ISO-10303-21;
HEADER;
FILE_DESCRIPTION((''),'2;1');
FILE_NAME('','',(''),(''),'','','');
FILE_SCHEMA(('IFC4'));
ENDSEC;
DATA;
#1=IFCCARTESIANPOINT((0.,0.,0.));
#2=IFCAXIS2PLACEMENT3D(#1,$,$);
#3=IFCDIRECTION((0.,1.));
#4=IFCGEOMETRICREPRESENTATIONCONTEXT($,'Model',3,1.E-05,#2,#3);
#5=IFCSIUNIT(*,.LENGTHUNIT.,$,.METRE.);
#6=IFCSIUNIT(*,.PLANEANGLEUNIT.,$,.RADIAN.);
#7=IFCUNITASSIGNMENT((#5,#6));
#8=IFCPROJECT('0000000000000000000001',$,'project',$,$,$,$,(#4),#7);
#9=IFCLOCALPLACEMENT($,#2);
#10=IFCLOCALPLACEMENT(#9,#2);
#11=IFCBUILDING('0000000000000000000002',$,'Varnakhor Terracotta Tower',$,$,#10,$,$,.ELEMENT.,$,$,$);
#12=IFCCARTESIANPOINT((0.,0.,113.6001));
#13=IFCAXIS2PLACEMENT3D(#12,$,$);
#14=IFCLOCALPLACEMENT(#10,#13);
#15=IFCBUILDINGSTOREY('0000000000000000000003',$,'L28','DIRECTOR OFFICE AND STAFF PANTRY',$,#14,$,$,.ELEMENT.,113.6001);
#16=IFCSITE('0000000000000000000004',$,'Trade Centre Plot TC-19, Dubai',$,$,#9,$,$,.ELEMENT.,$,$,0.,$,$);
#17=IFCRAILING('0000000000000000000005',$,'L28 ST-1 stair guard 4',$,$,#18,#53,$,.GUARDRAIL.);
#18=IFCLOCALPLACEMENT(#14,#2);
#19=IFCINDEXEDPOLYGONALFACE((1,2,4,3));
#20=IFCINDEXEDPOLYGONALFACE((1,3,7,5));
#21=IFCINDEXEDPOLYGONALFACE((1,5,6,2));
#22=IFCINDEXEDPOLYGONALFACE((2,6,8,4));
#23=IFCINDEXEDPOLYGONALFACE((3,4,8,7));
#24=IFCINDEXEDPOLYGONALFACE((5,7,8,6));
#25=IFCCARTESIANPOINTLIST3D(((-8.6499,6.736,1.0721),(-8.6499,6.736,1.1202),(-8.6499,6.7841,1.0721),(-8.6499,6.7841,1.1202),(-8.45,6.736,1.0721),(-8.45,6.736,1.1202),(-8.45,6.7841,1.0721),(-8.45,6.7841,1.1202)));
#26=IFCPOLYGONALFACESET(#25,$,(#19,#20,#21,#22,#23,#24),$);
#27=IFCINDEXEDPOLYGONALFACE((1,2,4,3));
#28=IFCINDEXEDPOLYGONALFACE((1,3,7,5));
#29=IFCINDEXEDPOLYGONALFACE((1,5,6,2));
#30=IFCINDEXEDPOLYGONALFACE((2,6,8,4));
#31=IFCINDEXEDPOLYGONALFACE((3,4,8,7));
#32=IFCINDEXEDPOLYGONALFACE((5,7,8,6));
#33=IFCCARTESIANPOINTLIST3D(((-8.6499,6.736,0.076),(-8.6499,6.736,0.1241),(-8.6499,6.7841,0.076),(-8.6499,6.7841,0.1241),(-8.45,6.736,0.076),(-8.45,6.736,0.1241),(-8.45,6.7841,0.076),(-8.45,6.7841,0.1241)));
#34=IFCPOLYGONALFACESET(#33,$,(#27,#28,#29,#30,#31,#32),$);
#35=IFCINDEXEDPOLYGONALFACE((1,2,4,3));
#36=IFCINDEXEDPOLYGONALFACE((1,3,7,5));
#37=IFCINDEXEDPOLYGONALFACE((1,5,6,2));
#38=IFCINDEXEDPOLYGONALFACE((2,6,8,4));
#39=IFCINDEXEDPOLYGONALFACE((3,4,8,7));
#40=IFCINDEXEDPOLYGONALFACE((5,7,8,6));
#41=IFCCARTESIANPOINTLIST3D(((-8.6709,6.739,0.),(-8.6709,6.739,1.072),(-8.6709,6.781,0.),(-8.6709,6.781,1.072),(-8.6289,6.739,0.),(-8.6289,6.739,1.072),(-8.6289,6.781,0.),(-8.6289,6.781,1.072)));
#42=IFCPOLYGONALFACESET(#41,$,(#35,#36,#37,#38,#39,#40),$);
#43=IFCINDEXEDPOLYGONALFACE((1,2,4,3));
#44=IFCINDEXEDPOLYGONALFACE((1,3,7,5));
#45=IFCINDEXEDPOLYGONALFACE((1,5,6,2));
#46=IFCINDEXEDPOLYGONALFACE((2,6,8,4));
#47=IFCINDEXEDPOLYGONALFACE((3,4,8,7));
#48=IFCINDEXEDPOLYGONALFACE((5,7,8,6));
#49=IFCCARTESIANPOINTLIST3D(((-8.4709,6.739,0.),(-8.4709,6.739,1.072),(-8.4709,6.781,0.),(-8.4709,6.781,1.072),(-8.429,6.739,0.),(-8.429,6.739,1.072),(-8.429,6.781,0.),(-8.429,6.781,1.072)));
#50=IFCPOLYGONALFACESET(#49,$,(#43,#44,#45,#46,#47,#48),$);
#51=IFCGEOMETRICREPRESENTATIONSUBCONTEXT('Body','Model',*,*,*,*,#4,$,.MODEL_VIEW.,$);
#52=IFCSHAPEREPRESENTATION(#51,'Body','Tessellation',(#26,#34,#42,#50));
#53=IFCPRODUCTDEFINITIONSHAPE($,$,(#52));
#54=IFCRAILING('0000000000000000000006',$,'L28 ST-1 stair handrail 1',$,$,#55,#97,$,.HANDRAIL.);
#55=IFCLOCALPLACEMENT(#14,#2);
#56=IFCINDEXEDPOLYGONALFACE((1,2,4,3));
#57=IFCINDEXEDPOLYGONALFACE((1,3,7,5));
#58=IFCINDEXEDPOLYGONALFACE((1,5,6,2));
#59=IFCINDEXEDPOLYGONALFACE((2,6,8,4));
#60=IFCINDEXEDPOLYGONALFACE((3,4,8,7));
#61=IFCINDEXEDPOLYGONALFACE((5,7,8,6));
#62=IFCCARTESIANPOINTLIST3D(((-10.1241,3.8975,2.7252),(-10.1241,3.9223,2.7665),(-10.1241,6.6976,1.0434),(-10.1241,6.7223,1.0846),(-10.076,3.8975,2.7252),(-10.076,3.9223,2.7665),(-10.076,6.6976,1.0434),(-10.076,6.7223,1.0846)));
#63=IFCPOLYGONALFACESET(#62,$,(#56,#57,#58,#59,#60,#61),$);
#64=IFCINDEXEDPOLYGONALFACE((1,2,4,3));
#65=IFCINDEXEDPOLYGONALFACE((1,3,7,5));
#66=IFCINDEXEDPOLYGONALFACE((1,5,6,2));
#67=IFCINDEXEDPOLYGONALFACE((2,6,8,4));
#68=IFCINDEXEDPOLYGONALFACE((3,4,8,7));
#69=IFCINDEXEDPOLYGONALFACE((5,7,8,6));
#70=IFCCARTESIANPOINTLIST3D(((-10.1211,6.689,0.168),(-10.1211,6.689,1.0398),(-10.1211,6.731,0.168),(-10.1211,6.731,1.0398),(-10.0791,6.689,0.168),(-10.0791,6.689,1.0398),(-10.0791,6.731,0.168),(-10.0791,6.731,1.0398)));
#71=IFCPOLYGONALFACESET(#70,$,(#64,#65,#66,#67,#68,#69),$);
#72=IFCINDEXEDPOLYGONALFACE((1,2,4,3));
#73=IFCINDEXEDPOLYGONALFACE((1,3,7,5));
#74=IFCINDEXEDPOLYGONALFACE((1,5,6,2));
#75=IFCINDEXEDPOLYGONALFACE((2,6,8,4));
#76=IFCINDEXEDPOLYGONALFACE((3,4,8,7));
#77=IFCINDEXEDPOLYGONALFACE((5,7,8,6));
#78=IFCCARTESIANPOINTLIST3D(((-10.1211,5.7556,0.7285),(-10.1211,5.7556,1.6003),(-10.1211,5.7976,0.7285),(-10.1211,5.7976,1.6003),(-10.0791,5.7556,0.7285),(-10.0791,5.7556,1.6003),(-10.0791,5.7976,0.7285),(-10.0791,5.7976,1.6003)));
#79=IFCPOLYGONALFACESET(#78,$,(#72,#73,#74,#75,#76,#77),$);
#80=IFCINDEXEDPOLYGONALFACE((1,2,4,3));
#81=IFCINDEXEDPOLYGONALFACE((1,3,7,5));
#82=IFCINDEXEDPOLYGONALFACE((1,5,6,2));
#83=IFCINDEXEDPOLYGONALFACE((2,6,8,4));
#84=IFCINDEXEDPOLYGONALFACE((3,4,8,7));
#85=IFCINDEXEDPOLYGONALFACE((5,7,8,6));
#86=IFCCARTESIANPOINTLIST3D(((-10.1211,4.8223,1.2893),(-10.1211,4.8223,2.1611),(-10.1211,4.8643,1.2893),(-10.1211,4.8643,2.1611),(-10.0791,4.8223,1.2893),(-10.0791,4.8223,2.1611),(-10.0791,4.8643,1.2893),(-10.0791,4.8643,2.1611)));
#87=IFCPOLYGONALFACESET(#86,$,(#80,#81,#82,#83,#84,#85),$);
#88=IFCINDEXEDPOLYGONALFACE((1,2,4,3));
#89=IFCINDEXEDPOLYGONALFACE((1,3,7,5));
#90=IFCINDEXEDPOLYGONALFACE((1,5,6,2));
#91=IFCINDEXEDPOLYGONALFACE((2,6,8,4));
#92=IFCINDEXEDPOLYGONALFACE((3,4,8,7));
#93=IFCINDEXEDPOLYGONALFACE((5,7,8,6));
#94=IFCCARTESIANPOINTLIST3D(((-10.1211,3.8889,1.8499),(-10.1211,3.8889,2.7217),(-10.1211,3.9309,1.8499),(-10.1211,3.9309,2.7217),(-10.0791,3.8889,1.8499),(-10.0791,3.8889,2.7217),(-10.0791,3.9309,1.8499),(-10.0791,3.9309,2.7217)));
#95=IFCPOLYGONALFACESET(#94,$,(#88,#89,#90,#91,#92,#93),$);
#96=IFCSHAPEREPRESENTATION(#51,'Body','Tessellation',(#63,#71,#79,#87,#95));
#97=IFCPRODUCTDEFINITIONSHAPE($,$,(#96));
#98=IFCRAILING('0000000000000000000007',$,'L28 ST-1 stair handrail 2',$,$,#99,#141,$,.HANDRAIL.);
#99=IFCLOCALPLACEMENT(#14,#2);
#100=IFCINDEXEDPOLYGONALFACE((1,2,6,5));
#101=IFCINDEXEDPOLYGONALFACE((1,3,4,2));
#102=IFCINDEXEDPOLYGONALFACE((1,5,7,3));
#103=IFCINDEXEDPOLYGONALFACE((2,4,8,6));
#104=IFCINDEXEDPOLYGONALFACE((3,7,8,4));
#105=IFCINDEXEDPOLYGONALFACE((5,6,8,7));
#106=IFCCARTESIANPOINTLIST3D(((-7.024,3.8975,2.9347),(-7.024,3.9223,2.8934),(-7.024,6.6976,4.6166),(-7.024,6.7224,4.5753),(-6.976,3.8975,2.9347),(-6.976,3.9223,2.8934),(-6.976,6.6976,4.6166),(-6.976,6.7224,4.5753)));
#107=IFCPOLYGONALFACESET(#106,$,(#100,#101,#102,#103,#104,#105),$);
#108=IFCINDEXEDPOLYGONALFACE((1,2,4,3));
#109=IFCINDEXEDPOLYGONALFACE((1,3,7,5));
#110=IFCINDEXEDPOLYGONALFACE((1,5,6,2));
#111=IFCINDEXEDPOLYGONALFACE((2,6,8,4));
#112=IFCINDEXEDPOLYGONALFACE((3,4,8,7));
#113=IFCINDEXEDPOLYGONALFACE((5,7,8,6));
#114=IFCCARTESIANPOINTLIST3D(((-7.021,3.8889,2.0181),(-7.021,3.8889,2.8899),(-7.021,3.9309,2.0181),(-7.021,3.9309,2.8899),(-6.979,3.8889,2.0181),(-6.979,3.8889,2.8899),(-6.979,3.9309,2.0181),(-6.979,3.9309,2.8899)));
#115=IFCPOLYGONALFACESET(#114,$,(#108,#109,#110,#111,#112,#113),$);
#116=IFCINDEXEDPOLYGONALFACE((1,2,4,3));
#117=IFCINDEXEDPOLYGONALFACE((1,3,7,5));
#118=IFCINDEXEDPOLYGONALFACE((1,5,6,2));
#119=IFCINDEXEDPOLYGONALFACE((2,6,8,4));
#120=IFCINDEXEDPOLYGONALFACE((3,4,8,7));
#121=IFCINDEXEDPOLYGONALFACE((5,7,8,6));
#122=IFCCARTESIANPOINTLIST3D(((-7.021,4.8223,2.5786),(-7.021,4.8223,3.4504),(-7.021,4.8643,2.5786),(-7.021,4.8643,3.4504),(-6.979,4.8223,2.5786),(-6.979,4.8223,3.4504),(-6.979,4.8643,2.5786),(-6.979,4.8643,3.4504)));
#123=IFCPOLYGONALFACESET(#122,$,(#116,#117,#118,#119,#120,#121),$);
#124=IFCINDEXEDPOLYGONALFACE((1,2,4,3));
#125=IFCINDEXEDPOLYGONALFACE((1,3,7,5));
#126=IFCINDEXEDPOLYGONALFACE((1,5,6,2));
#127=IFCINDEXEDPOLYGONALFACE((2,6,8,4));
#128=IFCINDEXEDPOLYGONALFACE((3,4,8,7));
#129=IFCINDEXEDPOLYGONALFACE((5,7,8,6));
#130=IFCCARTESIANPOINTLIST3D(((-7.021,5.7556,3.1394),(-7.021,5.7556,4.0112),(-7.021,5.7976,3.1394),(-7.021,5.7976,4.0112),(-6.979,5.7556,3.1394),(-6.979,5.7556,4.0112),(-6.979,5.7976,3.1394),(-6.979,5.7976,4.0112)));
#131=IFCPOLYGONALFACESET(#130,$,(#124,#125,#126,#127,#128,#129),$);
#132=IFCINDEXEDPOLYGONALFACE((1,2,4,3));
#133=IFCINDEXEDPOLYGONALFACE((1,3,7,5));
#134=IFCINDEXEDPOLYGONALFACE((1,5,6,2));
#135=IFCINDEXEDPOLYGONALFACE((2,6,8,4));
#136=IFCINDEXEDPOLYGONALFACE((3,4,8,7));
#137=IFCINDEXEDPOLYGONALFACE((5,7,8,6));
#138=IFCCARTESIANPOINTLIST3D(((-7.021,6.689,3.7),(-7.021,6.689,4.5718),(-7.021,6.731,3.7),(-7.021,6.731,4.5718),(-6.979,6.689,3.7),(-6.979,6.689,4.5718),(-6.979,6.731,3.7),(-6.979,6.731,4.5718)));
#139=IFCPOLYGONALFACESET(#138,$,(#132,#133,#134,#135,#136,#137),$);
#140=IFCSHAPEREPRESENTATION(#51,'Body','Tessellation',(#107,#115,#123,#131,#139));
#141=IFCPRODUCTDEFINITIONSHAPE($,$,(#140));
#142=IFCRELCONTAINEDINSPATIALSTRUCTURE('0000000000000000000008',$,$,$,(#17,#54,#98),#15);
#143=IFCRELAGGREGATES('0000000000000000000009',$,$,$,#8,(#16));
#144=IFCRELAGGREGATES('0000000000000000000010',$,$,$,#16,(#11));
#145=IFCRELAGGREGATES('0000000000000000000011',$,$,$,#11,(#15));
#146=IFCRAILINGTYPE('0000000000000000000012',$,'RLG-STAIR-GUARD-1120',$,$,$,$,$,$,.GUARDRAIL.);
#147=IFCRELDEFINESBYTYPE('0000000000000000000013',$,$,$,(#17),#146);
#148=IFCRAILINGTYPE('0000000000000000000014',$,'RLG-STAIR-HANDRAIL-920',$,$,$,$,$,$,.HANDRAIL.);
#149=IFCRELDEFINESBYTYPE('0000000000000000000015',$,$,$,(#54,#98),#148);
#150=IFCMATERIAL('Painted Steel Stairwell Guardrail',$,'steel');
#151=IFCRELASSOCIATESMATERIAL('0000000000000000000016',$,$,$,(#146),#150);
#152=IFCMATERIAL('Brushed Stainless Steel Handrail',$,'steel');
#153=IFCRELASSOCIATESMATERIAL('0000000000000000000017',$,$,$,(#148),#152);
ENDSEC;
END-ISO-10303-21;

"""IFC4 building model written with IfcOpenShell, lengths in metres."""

from ifc_helpers import new_model, si_unit, direction, frame, origin, origin_2d, place, context, subcontext, project, spatial, rectangle, extrude, material, type_object, element, save


model = new_model("IFC4")

# Units and contexts
model_context = context("Model", 3, precision=1e-05, world=origin(), true_north=direction((0.0, 1.0)))
body_context = subcontext(model_context, "Body", "Model", "MODEL_VIEW")
ifc_project = project(units=[si_unit("LENGTHUNIT", "METRE"), si_unit("PLANEANGLEUNIT", "RADIAN")], contexts=[model_context])

# Site, building, storey
site_placement = place(None, origin())
site = spatial("IfcSite", under=ifc_project, at=site_placement, Name="Trade Centre Plot TC-19, Dubai", CompositionType="ELEMENT", RefElevation=0.0)
building_placement = place(site_placement, origin())
building = spatial("IfcBuilding", under=site, at=building_placement, Name="Varnakhor Terracotta Tower", CompositionType="ELEMENT")
storey_placement = place(building_placement, frame((0.0, 0.0, 113.6001)))
storey = spatial("IfcBuildingStorey", under=building, at=storey_placement, Name="L28", Description="DIRECTOR OFFICE AND STAFF PANTRY", CompositionType="ELEMENT", Elevation=113.6001)

# Railings
ifc_material_1 = material(Name="Painted Steel Stairwell Guardrail", Category="steel")
railing_type_1 = type_object("IfcRailingType", Name="RLG-STAIR-GUARD-1120", PredefinedType="GUARDRAIL", material=ifc_material_1)
railing_1_placement = place(storey_placement, frame((-8.6499, 6.76, 0.0)))
element("IfcRailing", 1, at=railing_1_placement, inside=storey, type_object=railing_type_1, Name="L28 ST-1 stair guard 4", PredefinedType="GUARDRAIL", context=body_context, shape_type="SweptSolid", body=[
    extrude(rectangle(XDim=0.0481, YDim=0.0481, at=origin_2d()), frame((0.0, 0.0, 1.0962), z_axis=(1.0, 0.0, 0.0), x_axis=(0.0, 1.0, 0.0)), (0.0, 0.0, 1.0), 0.2),
    extrude(rectangle(XDim=0.0481, YDim=0.0481, at=origin_2d()), frame((0.0, 0.0, 0.1001), z_axis=(1.0, 0.0, 0.0), x_axis=(0.0, 1.0, 0.0)), (0.0, 0.0, 1.0), 0.2),
    extrude(rectangle(XDim=0.042, YDim=0.042, at=origin_2d()), origin(), (0.0, 0.0, 1.0), 1.072),
    extrude(rectangle(XDim=0.042, YDim=0.042, at=origin_2d()), frame((0.2, 0.0, 0.0)), (0.0, 0.0, 1.0), 1.072),
])
ifc_material_2 = material(Name="Brushed Stainless Steel Handrail", Category="steel")
railing_type_2 = type_object("IfcRailingType", Name="RLG-STAIR-HANDRAIL-920", PredefinedType="HANDRAIL", material=ifc_material_2)
railing_2_placement = place(storey_placement, frame((-10.1001, 6.71, 0.168)))
element("IfcRailing", 2, at=railing_2_placement, inside=storey, type_object=railing_type_2, Name="L28 ST-1 stair handrail 1", PredefinedType="HANDRAIL", context=body_context, shape_type="SweptSolid", body=[
    extrude(rectangle(XDim=0.0481, YDim=0.0481, at=origin_2d()), frame((0.0, 0.0, 0.896), z_axis=(0.0, -0.857242, 0.514913), x_axis=(1.0, 0.0, 0.0)), (0.0, 0.0, 1.0), 3.2664),
    extrude(rectangle(XDim=0.042, YDim=0.042, at=origin_2d()), origin(), (0.0, 0.0, 1.0), 0.8718),
    extrude(rectangle(XDim=0.042, YDim=0.042, at=origin_2d()), frame((0.0, -0.9333, 0.5605)), (0.0, 0.0, 1.0), 0.8718),
    extrude(rectangle(XDim=0.042, YDim=0.042, at=origin_2d()), frame((0.0, -1.8667, 1.1213)), (0.0, 0.0, 1.0), 0.8718),
    extrude(rectangle(XDim=0.042, YDim=0.042, at=origin_2d()), frame((0.0, -2.8, 1.6819)), (0.0, 0.0, 1.0), 0.8718),
])
railing_3_placement = place(storey_placement, frame((-7.0, 3.9099, 2.0181)))
element("IfcRailing", 3, at=railing_3_placement, inside=storey, type_object=railing_type_2, Name="L28 ST-1 stair handrail 2", PredefinedType="HANDRAIL", context=body_context, shape_type="SweptSolid", body=[
    extrude(rectangle(XDim=0.0481, YDim=0.0481, at=origin_2d()), frame((0.0, 0.0, 0.896), z_axis=(0.0, 0.857242, 0.514913), x_axis=(-1.0, 0.0, 0.0)), (0.0, 0.0, 1.0), 3.2664),
    extrude(rectangle(XDim=0.042, YDim=0.042, at=origin_2d()), origin(), (0.0, 0.0, 1.0), 0.8718),
    extrude(rectangle(XDim=0.042, YDim=0.042, at=origin_2d()), frame((0.0, 0.9333, 0.5605)), (0.0, 0.0, 1.0), 0.8718),
    extrude(rectangle(XDim=0.042, YDim=0.042, at=origin_2d()), frame((0.0, 1.8667, 1.1213)), (0.0, 0.0, 1.0), 0.8718),
    extrude(rectangle(XDim=0.042, YDim=0.042, at=origin_2d()), frame((0.0, 2.8, 1.6819)), (0.0, 0.0, 1.0), 0.8718),
])

save(model, "model.ifc")
